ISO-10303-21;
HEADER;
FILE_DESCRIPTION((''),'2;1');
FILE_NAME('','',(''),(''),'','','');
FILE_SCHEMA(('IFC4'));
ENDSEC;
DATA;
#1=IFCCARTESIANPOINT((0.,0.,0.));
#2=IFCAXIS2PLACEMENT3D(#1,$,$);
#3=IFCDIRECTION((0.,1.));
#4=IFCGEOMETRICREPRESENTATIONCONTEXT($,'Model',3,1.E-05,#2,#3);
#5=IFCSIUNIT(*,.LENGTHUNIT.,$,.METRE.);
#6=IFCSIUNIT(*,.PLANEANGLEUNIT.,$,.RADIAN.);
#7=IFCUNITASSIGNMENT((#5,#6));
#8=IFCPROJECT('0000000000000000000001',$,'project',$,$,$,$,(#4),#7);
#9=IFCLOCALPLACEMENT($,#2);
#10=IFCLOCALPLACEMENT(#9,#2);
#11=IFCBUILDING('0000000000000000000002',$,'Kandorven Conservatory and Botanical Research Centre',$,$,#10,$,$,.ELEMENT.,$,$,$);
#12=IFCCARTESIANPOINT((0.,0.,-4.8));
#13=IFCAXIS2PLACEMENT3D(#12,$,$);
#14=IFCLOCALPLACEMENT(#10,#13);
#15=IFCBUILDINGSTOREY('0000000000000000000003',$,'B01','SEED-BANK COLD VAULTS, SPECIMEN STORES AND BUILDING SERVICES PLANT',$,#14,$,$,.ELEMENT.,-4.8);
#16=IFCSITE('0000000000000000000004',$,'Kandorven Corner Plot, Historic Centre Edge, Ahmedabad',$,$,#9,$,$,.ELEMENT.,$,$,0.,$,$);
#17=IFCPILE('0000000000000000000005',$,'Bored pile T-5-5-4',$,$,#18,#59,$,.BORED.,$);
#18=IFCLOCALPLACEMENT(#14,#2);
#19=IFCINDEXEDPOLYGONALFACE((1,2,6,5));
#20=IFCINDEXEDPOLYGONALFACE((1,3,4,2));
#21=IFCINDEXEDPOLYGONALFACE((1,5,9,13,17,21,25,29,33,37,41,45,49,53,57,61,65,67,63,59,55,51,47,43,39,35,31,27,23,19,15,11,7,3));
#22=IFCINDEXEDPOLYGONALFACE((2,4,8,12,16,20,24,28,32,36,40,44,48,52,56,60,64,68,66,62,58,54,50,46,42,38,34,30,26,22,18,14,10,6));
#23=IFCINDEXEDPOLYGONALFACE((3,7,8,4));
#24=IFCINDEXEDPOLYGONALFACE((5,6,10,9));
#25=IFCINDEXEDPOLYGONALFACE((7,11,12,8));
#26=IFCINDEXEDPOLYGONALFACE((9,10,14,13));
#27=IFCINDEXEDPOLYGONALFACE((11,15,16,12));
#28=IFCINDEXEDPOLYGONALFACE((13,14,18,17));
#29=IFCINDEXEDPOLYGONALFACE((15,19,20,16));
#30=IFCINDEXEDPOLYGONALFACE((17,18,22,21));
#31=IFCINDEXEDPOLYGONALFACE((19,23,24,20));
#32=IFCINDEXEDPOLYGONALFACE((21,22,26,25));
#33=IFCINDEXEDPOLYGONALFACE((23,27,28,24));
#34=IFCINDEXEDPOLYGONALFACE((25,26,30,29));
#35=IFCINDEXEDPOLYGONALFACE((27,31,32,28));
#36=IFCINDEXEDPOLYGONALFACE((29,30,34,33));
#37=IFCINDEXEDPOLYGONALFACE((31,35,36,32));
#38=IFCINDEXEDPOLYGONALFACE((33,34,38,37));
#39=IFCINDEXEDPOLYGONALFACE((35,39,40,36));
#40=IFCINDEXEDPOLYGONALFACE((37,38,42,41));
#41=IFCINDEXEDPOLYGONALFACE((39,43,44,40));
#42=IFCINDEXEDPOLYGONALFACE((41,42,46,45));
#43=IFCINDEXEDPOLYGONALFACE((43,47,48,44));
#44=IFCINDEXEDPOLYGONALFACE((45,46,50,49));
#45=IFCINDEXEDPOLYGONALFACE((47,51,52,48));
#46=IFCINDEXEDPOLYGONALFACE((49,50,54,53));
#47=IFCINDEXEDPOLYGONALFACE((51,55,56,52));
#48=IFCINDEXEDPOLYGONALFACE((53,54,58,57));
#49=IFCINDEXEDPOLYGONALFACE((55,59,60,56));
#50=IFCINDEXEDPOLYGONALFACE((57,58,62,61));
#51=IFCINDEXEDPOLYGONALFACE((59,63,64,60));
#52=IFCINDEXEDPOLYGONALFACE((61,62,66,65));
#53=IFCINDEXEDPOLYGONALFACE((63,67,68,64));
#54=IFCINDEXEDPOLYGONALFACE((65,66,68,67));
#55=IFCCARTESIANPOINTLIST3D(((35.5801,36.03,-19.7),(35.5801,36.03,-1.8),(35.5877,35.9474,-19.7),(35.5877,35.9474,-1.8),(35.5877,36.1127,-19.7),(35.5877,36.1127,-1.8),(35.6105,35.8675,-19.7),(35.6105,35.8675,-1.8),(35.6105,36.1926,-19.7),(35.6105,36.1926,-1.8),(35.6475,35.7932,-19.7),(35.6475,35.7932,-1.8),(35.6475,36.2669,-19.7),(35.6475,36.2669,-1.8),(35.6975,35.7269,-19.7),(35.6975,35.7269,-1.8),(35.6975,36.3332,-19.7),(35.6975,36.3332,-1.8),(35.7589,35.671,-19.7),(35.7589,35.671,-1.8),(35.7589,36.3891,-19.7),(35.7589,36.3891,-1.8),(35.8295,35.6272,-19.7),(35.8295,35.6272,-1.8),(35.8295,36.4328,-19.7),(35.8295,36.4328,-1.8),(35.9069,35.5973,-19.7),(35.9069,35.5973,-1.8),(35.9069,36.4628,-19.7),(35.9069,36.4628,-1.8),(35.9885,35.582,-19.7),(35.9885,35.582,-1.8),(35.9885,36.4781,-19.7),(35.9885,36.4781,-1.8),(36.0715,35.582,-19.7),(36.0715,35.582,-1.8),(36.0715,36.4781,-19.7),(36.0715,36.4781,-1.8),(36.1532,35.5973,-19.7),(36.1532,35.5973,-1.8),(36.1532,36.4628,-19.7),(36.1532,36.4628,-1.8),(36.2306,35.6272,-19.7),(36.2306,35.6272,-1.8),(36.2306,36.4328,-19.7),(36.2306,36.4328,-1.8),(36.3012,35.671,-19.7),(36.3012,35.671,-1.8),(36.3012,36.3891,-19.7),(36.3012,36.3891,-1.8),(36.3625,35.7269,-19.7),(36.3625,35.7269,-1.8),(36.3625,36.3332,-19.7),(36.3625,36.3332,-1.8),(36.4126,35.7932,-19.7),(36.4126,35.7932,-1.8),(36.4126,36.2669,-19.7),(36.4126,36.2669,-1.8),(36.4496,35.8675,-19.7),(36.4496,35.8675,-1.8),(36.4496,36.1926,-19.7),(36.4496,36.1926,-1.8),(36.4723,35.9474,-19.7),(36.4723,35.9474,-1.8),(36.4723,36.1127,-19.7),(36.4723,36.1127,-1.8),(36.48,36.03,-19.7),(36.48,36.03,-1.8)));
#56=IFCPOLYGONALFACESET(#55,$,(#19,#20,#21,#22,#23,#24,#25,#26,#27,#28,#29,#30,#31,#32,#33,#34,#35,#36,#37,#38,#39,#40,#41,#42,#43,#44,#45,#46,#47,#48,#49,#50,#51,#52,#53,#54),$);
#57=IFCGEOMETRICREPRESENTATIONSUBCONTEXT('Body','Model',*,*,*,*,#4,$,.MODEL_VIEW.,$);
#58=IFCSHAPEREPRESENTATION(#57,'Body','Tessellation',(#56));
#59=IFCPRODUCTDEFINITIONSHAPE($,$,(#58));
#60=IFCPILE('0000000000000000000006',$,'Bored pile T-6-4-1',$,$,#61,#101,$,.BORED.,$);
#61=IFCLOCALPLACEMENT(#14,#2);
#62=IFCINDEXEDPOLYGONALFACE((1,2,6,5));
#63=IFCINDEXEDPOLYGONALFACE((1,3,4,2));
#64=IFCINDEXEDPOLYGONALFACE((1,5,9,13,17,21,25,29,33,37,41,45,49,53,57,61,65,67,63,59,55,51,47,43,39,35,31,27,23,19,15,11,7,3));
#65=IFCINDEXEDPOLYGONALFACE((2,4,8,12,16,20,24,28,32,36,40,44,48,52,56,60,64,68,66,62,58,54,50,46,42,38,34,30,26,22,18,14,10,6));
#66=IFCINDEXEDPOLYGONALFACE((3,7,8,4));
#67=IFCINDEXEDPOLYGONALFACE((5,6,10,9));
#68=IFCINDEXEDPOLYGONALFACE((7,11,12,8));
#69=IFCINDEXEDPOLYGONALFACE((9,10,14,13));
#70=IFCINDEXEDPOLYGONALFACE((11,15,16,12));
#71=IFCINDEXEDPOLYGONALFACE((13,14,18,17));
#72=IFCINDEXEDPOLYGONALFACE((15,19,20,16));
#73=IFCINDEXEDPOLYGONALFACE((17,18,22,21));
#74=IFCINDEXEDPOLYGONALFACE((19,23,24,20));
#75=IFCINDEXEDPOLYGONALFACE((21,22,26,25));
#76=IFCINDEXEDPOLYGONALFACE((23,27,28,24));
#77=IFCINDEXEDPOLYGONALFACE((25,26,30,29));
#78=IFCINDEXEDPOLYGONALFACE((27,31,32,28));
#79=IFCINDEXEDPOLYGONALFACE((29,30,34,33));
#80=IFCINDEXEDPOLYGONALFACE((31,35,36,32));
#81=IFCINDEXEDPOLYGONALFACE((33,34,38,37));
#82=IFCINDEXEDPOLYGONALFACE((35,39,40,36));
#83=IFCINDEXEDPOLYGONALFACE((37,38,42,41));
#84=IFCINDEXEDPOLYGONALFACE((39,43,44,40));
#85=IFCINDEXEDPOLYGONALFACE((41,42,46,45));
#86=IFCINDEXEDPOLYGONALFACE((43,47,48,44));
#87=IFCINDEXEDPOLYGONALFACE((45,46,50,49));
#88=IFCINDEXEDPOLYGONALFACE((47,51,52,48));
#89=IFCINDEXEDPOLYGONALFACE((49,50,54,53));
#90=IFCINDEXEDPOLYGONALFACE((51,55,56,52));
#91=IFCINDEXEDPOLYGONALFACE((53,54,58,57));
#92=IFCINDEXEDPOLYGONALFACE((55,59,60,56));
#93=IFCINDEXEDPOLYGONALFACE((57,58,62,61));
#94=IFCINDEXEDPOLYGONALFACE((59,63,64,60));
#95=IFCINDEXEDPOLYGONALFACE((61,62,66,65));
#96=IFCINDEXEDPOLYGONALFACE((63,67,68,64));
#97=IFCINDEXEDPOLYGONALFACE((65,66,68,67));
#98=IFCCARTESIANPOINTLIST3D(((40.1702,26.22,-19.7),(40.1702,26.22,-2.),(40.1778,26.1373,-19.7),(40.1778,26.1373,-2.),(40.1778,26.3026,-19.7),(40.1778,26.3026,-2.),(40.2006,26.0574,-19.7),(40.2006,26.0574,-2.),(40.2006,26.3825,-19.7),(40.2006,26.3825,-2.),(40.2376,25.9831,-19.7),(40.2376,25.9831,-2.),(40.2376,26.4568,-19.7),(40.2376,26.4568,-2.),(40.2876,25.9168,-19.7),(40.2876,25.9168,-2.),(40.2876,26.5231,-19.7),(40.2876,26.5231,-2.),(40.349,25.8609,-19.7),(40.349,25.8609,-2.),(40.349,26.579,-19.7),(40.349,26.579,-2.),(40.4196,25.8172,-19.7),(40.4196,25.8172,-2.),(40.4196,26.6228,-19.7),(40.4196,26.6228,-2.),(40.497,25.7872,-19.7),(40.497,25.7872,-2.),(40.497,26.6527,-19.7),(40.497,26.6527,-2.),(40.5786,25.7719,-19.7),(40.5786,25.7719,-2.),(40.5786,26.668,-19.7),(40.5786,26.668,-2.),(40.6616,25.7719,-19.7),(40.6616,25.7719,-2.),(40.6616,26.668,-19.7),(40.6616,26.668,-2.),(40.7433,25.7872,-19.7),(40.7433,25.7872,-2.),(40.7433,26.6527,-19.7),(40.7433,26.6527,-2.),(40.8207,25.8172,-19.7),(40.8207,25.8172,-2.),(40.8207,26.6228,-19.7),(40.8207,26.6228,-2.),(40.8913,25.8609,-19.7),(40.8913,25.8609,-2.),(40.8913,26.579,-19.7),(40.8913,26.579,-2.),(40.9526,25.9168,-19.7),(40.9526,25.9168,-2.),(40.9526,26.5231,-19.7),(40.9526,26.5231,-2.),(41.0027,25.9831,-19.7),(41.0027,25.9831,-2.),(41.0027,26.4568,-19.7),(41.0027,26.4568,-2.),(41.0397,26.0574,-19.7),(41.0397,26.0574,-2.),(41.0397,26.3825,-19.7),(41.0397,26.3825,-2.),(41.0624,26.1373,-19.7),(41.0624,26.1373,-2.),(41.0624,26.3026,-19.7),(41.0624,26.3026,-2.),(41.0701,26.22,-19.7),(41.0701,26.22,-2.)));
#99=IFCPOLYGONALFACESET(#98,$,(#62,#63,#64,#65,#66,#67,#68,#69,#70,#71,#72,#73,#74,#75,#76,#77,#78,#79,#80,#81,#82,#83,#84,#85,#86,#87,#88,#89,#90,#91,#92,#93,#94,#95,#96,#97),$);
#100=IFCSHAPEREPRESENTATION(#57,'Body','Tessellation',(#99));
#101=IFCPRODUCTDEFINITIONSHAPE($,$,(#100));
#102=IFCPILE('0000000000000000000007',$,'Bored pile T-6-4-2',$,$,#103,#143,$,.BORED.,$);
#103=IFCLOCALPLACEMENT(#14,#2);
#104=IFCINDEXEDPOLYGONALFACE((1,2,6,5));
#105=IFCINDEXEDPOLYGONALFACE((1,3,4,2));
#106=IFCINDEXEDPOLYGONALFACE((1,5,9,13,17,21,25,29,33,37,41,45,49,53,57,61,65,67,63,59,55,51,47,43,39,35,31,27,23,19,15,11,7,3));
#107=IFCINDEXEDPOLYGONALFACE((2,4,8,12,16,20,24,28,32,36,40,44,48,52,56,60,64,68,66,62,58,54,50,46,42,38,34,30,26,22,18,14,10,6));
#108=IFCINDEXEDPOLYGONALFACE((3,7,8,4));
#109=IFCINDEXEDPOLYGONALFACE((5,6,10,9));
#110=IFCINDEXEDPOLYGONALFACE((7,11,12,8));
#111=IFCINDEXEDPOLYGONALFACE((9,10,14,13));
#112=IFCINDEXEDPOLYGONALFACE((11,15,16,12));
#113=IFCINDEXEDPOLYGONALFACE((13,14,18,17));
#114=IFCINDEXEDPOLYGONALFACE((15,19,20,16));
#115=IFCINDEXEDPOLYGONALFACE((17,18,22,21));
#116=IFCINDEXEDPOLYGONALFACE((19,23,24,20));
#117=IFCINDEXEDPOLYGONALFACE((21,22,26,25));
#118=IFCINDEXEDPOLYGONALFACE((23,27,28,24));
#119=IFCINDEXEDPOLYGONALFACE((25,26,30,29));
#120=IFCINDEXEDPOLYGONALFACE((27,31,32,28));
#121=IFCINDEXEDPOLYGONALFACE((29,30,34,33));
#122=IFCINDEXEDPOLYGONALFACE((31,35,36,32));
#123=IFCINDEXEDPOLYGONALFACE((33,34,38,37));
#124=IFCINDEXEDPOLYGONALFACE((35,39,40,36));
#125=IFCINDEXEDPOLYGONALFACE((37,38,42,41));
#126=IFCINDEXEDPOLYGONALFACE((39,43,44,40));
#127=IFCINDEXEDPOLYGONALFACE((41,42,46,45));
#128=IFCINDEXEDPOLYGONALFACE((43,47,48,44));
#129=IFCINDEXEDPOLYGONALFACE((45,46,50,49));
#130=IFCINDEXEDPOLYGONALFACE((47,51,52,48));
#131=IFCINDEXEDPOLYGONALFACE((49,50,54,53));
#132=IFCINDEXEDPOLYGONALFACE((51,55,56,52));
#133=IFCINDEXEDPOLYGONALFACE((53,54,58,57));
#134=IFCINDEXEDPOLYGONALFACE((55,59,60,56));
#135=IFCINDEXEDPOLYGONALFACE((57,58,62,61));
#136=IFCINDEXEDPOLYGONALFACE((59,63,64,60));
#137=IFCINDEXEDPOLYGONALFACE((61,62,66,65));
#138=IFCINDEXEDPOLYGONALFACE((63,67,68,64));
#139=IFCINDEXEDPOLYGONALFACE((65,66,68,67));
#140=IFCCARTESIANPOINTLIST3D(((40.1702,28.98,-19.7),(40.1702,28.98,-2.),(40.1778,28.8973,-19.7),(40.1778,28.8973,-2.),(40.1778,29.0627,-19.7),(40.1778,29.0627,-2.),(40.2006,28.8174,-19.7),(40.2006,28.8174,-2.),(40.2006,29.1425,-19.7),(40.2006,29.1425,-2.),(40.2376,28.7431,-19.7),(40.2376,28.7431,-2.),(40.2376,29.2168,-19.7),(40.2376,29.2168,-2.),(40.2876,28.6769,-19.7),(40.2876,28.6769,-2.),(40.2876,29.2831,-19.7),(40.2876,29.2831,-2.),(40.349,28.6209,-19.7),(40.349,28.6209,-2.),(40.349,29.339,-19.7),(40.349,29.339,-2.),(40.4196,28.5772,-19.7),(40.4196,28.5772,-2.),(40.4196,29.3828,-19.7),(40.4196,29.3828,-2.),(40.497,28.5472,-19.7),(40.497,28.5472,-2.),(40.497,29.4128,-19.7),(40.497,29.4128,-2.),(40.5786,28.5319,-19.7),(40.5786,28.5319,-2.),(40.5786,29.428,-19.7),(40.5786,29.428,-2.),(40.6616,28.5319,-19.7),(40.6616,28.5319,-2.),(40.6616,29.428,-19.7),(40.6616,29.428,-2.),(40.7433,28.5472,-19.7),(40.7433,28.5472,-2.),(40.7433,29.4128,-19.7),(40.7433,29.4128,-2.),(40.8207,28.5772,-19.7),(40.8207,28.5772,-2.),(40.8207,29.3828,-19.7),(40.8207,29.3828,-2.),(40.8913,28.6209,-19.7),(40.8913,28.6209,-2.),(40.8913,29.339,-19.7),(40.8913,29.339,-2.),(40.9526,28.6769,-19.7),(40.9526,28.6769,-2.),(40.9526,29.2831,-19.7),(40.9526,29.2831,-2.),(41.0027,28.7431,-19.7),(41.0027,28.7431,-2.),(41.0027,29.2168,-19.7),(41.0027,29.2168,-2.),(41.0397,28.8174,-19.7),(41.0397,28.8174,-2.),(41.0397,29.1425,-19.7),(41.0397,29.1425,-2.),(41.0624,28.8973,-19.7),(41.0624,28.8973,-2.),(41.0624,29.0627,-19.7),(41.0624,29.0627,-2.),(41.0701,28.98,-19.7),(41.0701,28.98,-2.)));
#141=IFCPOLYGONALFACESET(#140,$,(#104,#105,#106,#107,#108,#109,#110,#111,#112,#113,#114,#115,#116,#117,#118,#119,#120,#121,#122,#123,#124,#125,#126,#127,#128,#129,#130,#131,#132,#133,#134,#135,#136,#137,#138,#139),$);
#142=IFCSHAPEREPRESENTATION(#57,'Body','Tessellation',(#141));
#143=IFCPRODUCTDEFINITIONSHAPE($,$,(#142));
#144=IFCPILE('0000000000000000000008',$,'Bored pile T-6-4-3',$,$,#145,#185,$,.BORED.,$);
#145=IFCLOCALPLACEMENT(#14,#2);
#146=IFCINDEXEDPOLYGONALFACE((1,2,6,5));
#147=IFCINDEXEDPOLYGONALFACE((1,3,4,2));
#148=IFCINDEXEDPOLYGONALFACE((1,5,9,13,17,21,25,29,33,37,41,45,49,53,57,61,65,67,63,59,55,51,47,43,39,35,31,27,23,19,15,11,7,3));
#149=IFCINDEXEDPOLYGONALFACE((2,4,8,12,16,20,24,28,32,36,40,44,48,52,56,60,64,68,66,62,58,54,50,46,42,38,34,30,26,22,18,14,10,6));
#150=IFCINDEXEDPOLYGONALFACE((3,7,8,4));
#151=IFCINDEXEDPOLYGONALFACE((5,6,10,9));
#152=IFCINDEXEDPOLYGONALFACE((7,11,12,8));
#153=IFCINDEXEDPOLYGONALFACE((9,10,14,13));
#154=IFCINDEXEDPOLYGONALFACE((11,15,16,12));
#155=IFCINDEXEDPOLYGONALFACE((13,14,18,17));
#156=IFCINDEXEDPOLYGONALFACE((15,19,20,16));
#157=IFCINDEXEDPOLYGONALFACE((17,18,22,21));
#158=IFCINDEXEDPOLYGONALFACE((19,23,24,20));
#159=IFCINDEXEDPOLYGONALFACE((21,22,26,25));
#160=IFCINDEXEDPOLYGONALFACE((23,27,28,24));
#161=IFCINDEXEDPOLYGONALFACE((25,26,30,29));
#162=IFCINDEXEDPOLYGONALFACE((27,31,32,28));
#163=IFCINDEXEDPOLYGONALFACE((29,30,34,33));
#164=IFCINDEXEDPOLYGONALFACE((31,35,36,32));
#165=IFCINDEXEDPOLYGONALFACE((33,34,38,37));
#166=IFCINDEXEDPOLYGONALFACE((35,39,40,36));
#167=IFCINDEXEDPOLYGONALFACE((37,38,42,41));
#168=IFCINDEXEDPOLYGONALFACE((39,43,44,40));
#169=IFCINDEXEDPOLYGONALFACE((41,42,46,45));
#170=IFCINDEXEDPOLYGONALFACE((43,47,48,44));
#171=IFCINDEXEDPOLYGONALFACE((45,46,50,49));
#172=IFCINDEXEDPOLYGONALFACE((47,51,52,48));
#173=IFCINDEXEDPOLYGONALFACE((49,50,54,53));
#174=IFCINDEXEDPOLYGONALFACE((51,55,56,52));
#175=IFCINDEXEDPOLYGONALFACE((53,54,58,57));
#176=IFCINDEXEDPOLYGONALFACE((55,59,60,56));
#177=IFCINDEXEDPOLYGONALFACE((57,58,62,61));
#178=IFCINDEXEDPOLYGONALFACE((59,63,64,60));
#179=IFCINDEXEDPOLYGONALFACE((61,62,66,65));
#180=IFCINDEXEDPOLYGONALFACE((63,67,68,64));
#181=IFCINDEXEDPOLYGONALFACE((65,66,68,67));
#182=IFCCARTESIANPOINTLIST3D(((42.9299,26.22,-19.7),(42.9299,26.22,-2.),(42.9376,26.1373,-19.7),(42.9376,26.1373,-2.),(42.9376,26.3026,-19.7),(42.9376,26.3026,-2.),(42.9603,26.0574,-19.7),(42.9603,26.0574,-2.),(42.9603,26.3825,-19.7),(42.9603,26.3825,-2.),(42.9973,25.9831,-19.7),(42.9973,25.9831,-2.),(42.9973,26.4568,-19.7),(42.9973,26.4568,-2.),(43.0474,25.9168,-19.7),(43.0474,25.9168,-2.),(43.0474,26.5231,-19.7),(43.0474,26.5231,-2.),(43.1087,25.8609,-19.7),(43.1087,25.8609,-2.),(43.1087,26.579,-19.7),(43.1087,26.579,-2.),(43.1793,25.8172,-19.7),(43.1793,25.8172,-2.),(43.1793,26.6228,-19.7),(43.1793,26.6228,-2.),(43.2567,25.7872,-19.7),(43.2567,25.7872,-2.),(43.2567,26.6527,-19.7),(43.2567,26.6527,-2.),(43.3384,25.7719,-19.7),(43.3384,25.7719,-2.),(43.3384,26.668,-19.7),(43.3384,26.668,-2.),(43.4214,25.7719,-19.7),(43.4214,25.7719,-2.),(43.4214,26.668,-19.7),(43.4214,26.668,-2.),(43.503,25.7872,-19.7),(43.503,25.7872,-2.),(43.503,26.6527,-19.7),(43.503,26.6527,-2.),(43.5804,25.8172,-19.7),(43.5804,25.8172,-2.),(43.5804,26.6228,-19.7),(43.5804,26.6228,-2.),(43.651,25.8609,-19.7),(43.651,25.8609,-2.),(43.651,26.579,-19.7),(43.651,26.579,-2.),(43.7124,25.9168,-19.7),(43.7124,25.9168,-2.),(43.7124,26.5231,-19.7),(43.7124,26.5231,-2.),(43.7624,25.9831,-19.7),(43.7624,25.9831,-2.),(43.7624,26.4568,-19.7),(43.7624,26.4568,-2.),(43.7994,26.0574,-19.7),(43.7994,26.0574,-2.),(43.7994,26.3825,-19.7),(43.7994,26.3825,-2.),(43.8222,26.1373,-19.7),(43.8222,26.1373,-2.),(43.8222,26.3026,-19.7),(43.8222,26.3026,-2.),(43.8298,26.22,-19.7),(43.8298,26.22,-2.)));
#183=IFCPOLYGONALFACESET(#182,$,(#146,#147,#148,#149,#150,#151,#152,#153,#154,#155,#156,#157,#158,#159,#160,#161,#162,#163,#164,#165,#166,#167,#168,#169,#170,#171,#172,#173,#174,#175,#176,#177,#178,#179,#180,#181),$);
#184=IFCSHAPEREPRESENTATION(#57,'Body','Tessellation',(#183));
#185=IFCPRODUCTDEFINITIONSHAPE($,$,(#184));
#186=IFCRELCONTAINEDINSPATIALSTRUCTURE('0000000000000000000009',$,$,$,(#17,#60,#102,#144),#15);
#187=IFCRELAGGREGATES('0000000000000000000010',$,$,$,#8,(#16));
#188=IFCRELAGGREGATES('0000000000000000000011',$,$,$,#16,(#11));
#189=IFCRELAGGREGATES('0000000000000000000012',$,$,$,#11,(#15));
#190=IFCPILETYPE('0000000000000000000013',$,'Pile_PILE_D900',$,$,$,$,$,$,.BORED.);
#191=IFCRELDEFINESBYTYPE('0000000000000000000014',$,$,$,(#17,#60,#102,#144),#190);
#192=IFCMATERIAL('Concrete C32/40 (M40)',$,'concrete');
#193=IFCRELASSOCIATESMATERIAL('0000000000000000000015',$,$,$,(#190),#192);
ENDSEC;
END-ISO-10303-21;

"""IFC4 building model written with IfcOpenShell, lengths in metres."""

from ifc_helpers import new_model, si_unit, direction, frame, origin, origin_2d, place, context, subcontext, project, spatial, circle, extrude, material, material_profile, profile_set, type_object, element, save


model = new_model("IFC4")

# Units and contexts
model_context = context("Model", 3, precision=1e-05, world=origin(), true_north=direction((0.0, 1.0)))
body_context = subcontext(model_context, "Body", "Model", "MODEL_VIEW")
ifc_project = project(units=[si_unit("LENGTHUNIT", "METRE"), si_unit("PLANEANGLEUNIT", "RADIAN")], contexts=[model_context])

# Site, building, storey
site_placement = place(None, origin())
site = spatial("IfcSite", under=ifc_project, at=site_placement, Name="Kandorven Corner Plot, Historic Centre Edge, Ahmedabad", CompositionType="ELEMENT", RefElevation=0.0)
building_placement = place(site_placement, origin())
building = spatial("IfcBuilding", under=site, at=building_placement, Name="Kandorven Conservatory and Botanical Research Centre", CompositionType="ELEMENT")
storey_placement = place(building_placement, frame((0.0, 0.0, -4.8)))
storey = spatial("IfcBuildingStorey", under=building, at=storey_placement, Name="B01", Description="SEED-BANK COLD VAULTS, SPECIMEN STORES AND BUILDING SERVICES PLANT", CompositionType="ELEMENT", Elevation=-4.8)

# Piles
ifc_material_1 = material(Name="Concrete C32/40 (M40)", Category="concrete")
ifc_material_profile_1 = material_profile(ifc_material_1, circle(Radius=0.45, at=origin_2d()))
ifc_profile_set_1 = profile_set([ifc_material_profile_1], Name="Concrete C32/40 (M40)")
pile_type_1 = type_object("IfcPileType", Name="Pile_PILE_D900", PredefinedType="BORED", material=ifc_profile_set_1)
for number, where, z_axis, x_axis, name in (
    (1, (36.03, 36.03, -1.8), (0.0, 0.0, -1.0), (1.0, 0.0, 0.0), "Bored pile T-5-5-4"),
):
    element("IfcPile", number, at=place(storey_placement, frame(where, z_axis=z_axis, x_axis=x_axis)), inside=storey, type_object=pile_type_1, Name=name, PredefinedType="BORED", context=body_context, shape_type="SweptSolid", body=[
        extrude(circle(Radius=0.45, at=origin_2d()), origin(), (0.0, 0.0, 1.0), 17.8999),
    ])
for number, where, z_axis, x_axis, name in (
    (2, (40.6201, 26.22, -2.0), (0.0, 0.0, -1.0), (1.0, 0.0, 0.0), "Bored pile T-6-4-1"),
    (3, (40.6201, 28.98, -2.0), (0.0, 0.0, -1.0), (1.0, 0.0, 0.0), "Bored pile T-6-4-2"),
    (4, (43.3799, 26.22, -2.0), (0.0, 0.0, -1.0), (1.0, 0.0, 0.0), "Bored pile T-6-4-3"),
):
    element("IfcPile", number, at=place(storey_placement, frame(where, z_axis=z_axis, x_axis=x_axis)), inside=storey, type_object=pile_type_1, Name=name, PredefinedType="BORED", context=body_context, shape_type="SweptSolid", body=[
        extrude(circle(Radius=0.45, at=origin_2d()), origin(), (0.0, 0.0, 1.0), 17.7),
    ])

save(model, "model.ifc")
